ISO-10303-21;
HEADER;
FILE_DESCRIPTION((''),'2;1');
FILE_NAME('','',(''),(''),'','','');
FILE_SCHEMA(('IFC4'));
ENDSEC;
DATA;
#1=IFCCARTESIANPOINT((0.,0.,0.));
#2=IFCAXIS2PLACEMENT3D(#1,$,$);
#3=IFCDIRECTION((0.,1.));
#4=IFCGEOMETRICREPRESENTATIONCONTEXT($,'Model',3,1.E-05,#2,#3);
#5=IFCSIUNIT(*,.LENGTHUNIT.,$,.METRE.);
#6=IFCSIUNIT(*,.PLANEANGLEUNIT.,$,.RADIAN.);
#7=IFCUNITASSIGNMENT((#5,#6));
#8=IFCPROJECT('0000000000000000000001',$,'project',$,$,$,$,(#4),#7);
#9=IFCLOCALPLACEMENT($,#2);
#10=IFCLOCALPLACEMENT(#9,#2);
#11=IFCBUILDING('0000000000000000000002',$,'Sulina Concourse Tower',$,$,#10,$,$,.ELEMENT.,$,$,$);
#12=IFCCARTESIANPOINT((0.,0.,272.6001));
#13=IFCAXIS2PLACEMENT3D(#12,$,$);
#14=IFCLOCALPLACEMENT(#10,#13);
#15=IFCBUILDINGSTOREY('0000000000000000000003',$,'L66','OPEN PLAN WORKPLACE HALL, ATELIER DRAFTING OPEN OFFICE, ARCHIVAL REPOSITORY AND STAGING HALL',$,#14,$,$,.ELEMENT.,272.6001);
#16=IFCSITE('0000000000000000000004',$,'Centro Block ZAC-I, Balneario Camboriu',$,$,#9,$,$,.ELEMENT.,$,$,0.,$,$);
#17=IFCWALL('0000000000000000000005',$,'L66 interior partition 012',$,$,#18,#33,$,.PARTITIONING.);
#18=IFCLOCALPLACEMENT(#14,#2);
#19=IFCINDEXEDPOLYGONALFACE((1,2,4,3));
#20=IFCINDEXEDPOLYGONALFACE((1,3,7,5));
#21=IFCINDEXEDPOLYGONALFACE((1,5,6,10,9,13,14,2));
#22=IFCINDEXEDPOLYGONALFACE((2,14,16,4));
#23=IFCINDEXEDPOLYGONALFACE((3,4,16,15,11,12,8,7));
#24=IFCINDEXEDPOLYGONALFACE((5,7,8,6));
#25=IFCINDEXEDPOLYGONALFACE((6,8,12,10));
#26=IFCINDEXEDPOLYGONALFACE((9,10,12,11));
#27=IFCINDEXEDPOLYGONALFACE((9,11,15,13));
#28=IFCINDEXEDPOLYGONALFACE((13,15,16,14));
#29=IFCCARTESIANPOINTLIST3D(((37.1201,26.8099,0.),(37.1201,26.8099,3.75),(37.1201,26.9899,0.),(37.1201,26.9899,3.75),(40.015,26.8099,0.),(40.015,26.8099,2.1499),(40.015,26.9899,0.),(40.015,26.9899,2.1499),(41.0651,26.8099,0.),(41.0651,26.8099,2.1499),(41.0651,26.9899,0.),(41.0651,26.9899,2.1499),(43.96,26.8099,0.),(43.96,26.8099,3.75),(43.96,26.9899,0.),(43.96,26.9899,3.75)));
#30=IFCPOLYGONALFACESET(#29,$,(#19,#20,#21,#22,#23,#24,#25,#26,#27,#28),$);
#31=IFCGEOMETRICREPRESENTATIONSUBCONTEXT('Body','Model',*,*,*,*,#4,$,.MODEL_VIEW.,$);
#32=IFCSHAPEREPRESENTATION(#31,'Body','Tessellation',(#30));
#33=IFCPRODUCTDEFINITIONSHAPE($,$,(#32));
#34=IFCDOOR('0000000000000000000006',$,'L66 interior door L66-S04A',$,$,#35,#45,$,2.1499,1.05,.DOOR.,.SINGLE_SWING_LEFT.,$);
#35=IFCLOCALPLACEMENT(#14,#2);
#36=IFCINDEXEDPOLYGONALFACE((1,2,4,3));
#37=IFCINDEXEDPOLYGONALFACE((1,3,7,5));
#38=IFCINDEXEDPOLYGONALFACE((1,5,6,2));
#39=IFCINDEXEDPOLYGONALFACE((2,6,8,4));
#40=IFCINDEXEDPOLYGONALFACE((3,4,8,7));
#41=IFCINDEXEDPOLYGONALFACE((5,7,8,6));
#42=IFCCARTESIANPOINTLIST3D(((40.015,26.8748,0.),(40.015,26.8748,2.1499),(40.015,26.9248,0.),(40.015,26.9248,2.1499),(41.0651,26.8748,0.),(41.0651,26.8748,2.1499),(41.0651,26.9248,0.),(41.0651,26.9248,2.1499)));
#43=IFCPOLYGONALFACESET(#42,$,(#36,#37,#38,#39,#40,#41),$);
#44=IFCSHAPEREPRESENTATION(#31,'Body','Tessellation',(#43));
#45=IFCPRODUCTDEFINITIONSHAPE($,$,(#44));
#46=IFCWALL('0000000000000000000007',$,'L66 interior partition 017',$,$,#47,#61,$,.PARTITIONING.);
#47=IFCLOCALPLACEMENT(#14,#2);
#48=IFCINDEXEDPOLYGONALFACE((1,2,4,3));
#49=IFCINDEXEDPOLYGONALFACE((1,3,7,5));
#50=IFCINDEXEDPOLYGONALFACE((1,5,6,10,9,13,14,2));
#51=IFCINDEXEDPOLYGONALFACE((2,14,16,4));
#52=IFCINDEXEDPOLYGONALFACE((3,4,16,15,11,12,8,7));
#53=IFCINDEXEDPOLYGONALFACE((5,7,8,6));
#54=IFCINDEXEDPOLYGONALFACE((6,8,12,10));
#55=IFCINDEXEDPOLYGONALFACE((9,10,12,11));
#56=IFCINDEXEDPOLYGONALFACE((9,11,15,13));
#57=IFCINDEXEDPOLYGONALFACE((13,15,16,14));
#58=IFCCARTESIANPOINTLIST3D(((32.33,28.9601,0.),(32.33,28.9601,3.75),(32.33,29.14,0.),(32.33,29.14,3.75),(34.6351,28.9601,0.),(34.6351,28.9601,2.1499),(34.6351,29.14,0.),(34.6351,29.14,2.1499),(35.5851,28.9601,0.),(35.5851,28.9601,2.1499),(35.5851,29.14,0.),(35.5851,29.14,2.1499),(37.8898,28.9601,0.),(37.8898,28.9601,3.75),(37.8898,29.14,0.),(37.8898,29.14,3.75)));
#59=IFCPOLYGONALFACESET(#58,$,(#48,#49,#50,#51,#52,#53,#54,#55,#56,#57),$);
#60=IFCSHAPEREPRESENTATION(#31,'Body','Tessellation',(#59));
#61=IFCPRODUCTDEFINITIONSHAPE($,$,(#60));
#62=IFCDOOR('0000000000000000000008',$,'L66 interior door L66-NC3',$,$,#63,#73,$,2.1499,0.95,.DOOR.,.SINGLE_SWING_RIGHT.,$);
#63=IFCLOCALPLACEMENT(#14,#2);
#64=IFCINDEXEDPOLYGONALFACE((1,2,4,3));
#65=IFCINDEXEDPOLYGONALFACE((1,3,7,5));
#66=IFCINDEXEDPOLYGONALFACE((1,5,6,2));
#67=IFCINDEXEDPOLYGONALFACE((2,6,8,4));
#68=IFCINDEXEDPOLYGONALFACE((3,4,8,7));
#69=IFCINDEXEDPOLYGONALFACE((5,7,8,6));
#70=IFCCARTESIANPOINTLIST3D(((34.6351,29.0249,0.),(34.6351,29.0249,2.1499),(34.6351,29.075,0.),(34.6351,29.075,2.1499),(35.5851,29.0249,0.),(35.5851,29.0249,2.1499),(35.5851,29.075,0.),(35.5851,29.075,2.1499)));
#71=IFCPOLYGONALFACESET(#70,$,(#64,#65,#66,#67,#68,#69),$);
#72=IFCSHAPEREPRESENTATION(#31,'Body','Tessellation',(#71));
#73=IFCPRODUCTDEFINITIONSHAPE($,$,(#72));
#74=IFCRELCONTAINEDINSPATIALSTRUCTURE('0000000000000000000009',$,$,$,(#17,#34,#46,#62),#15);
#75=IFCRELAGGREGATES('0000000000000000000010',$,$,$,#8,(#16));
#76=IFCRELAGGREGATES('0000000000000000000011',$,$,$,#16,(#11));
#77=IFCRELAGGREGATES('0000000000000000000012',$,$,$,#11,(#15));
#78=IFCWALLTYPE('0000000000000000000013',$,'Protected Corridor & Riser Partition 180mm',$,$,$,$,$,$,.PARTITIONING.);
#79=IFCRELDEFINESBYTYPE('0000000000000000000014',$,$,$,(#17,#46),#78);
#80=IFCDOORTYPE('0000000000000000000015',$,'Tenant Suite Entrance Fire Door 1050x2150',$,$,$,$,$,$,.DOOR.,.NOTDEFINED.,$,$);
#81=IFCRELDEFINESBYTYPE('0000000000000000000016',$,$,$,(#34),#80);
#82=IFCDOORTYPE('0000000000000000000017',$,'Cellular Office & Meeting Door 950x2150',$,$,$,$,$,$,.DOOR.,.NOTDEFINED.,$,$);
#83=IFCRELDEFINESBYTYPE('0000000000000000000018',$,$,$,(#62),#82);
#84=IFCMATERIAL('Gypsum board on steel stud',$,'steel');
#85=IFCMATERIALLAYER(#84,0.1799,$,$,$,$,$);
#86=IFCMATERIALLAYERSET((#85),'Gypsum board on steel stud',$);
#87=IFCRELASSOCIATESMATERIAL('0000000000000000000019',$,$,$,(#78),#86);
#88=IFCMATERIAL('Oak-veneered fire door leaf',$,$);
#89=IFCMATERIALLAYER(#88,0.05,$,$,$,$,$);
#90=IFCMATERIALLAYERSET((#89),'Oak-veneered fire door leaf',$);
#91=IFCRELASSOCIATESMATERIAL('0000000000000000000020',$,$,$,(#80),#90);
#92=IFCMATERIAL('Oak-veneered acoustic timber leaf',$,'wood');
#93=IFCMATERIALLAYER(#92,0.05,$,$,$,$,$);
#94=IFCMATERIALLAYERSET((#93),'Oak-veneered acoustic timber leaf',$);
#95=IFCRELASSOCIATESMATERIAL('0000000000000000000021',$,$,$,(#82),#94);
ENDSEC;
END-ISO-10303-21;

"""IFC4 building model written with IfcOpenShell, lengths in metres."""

from ifc_helpers import new_model, si_unit, direction, frame, frame_2d, origin, place, context, subcontext, project, spatial, rectangle, extrude, material, layer, layer_set, type_object, element, fill, save


model = new_model("IFC4")

# Units and contexts
model_context = context("Model", 3, precision=1e-05, world=origin(), true_north=direction((0.0, 1.0)))
body_context = subcontext(model_context, "Body", "Model", "MODEL_VIEW")
ifc_project = project(units=[si_unit("LENGTHUNIT", "METRE"), si_unit("PLANEANGLEUNIT", "RADIAN")], contexts=[model_context])

# Site, building, storey
site_placement = place(None, origin())
site = spatial("IfcSite", under=ifc_project, at=site_placement, Name="Centro Block ZAC-I, Balneario Camboriu", CompositionType="ELEMENT", RefElevation=0.0)
building_placement = place(site_placement, origin())
building = spatial("IfcBuilding", under=site, at=building_placement, Name="Sulina Concourse Tower", CompositionType="ELEMENT")
storey_placement = place(building_placement, frame((0.0, 0.0, 272.6001)))
storey = spatial("IfcBuildingStorey", under=building, at=storey_placement, Name="L66", Description="OPEN PLAN WORKPLACE HALL, ATELIER DRAFTING OPEN OFFICE, ARCHIVAL REPOSITORY AND STAGING HALL", CompositionType="ELEMENT", Elevation=272.6001)

# Walls, openings, doors
ifc_material_1 = material(Name="Gypsum board on steel stud", Category="steel")
ifc_layer_1 = layer(ifc_material_1, 0.1799)
ifc_layer_set_1 = layer_set([ifc_layer_1], Name="Gypsum board on steel stud")
wall_type_1 = type_object("IfcWallType", Name="Protected Corridor & Riser Partition 180mm", PredefinedType="PARTITIONING", material=ifc_layer_set_1)
wall_1_placement = place(storey_placement, frame((37.1201, 26.8999, 0.0), z_axis=(0.0, 0.0, 1.0), x_axis=(1.0, 0.0, 0.0)))
wall_1 = element("IfcWall", 1, at=wall_1_placement, inside=storey, type_object=wall_type_1, Name="L66 interior partition 012", PredefinedType="PARTITIONING", context=body_context, shape_type="SweptSolid", body=[
    extrude(rectangle(XDim=6.8398, YDim=0.1799, at=frame_2d((3.4199, 0.0))), origin(), (0.0, 0.0, 1.0), 3.75),
])
opening_1_placement = place(wall_1_placement, frame((2.895, 0.0, 0.0)))
opening_1 = element("IfcOpeningElement", 2, at=opening_1_placement, cuts=wall_1, PredefinedType="OPENING", context=body_context, shape_type="SweptSolid", body=[
    extrude(rectangle(XDim=1.05, YDim=2.1499, at=frame_2d((0.5249, 1.075))), frame((0.0, 0.0999, 0.0), z_axis=(0.0, -1.0, 0.0), x_axis=(1.0, 0.0, 0.0)), (0.0, 0.0, 1.0), 0.2),
])
ifc_material_2 = material(Name="Oak-veneered fire door leaf")
ifc_layer_2 = layer(ifc_material_2, 0.05)
ifc_layer_set_2 = layer_set([ifc_layer_2], Name="Oak-veneered fire door leaf")
door_type_1 = type_object("IfcDoorType", Name="Tenant Suite Entrance Fire Door 1050x2150", OperationType="NOTDEFINED", PredefinedType="DOOR", material=ifc_layer_set_2)
door_1_placement = place(opening_1_placement, origin())
door_1 = element("IfcDoor", 3, at=door_1_placement, inside=storey, type_object=door_type_1, Name="L66 interior door L66-S04A", OperationType="SINGLE_SWING_LEFT", OverallHeight=2.1499, OverallWidth=1.05, PredefinedType="DOOR", context=body_context, shape_type="SweptSolid", body=[
    extrude(rectangle(XDim=1.05, YDim=2.1499, at=frame_2d((0.5249, 1.075))), frame((0.0, 0.0249, 0.0), z_axis=(0.0, -1.0, 0.0), x_axis=(1.0, 0.0, 0.0)), (0.0, 0.0, 1.0), 0.05),
])
fill(opening_1, door_1)
wall_2_placement = place(storey_placement, frame((32.3301, 29.05, 0.0), z_axis=(0.0, 0.0, 1.0), x_axis=(1.0, 0.0, 0.0)))
wall_2 = element("IfcWall", 4, at=wall_2_placement, inside=storey, type_object=wall_type_1, Name="L66 interior partition 017", PredefinedType="PARTITIONING", context=body_context, shape_type="SweptSolid", body=[
    extrude(rectangle(XDim=5.5598, YDim=0.1799, at=frame_2d((2.7798, 0.0))), origin(), (0.0, 0.0, 1.0), 3.75),
])
opening_2_placement = place(wall_2_placement, frame((2.3049, 0.0, 0.0)))
opening_2 = element("IfcOpeningElement", 5, at=opening_2_placement, cuts=wall_2, PredefinedType="OPENING", context=body_context, shape_type="SweptSolid", body=[
    extrude(rectangle(XDim=0.95, YDim=2.1499, at=frame_2d((0.4751, 1.075))), frame((0.0, 0.0999, 0.0), z_axis=(0.0, -1.0, 0.0), x_axis=(1.0, 0.0, 0.0)), (0.0, 0.0, 1.0), 0.2),
])
ifc_material_3 = material(Name="Oak-veneered acoustic timber leaf", Category="wood")
ifc_layer_3 = layer(ifc_material_3, 0.05)
ifc_layer_set_3 = layer_set([ifc_layer_3], Name="Oak-veneered acoustic timber leaf")
door_type_2 = type_object("IfcDoorType", Name="Cellular Office & Meeting Door 950x2150", OperationType="NOTDEFINED", PredefinedType="DOOR", material=ifc_layer_set_3)
door_2_placement = place(opening_2_placement, origin())
door_2 = element("IfcDoor", 6, at=door_2_placement, inside=storey, type_object=door_type_2, Name="L66 interior door L66-NC3", OperationType="SINGLE_SWING_RIGHT", OverallHeight=2.1499, OverallWidth=0.95, PredefinedType="DOOR", context=body_context, shape_type="SweptSolid", body=[
    extrude(rectangle(XDim=0.95, YDim=2.1499, at=frame_2d((0.4751, 1.075))), frame((0.0, 0.0249, 0.0), z_axis=(0.0, -1.0, 0.0), x_axis=(1.0, 0.0, 0.0)), (0.0, 0.0, 1.0), 0.05),
])
fill(opening_2, door_2)

save(model, "model.ifc")
